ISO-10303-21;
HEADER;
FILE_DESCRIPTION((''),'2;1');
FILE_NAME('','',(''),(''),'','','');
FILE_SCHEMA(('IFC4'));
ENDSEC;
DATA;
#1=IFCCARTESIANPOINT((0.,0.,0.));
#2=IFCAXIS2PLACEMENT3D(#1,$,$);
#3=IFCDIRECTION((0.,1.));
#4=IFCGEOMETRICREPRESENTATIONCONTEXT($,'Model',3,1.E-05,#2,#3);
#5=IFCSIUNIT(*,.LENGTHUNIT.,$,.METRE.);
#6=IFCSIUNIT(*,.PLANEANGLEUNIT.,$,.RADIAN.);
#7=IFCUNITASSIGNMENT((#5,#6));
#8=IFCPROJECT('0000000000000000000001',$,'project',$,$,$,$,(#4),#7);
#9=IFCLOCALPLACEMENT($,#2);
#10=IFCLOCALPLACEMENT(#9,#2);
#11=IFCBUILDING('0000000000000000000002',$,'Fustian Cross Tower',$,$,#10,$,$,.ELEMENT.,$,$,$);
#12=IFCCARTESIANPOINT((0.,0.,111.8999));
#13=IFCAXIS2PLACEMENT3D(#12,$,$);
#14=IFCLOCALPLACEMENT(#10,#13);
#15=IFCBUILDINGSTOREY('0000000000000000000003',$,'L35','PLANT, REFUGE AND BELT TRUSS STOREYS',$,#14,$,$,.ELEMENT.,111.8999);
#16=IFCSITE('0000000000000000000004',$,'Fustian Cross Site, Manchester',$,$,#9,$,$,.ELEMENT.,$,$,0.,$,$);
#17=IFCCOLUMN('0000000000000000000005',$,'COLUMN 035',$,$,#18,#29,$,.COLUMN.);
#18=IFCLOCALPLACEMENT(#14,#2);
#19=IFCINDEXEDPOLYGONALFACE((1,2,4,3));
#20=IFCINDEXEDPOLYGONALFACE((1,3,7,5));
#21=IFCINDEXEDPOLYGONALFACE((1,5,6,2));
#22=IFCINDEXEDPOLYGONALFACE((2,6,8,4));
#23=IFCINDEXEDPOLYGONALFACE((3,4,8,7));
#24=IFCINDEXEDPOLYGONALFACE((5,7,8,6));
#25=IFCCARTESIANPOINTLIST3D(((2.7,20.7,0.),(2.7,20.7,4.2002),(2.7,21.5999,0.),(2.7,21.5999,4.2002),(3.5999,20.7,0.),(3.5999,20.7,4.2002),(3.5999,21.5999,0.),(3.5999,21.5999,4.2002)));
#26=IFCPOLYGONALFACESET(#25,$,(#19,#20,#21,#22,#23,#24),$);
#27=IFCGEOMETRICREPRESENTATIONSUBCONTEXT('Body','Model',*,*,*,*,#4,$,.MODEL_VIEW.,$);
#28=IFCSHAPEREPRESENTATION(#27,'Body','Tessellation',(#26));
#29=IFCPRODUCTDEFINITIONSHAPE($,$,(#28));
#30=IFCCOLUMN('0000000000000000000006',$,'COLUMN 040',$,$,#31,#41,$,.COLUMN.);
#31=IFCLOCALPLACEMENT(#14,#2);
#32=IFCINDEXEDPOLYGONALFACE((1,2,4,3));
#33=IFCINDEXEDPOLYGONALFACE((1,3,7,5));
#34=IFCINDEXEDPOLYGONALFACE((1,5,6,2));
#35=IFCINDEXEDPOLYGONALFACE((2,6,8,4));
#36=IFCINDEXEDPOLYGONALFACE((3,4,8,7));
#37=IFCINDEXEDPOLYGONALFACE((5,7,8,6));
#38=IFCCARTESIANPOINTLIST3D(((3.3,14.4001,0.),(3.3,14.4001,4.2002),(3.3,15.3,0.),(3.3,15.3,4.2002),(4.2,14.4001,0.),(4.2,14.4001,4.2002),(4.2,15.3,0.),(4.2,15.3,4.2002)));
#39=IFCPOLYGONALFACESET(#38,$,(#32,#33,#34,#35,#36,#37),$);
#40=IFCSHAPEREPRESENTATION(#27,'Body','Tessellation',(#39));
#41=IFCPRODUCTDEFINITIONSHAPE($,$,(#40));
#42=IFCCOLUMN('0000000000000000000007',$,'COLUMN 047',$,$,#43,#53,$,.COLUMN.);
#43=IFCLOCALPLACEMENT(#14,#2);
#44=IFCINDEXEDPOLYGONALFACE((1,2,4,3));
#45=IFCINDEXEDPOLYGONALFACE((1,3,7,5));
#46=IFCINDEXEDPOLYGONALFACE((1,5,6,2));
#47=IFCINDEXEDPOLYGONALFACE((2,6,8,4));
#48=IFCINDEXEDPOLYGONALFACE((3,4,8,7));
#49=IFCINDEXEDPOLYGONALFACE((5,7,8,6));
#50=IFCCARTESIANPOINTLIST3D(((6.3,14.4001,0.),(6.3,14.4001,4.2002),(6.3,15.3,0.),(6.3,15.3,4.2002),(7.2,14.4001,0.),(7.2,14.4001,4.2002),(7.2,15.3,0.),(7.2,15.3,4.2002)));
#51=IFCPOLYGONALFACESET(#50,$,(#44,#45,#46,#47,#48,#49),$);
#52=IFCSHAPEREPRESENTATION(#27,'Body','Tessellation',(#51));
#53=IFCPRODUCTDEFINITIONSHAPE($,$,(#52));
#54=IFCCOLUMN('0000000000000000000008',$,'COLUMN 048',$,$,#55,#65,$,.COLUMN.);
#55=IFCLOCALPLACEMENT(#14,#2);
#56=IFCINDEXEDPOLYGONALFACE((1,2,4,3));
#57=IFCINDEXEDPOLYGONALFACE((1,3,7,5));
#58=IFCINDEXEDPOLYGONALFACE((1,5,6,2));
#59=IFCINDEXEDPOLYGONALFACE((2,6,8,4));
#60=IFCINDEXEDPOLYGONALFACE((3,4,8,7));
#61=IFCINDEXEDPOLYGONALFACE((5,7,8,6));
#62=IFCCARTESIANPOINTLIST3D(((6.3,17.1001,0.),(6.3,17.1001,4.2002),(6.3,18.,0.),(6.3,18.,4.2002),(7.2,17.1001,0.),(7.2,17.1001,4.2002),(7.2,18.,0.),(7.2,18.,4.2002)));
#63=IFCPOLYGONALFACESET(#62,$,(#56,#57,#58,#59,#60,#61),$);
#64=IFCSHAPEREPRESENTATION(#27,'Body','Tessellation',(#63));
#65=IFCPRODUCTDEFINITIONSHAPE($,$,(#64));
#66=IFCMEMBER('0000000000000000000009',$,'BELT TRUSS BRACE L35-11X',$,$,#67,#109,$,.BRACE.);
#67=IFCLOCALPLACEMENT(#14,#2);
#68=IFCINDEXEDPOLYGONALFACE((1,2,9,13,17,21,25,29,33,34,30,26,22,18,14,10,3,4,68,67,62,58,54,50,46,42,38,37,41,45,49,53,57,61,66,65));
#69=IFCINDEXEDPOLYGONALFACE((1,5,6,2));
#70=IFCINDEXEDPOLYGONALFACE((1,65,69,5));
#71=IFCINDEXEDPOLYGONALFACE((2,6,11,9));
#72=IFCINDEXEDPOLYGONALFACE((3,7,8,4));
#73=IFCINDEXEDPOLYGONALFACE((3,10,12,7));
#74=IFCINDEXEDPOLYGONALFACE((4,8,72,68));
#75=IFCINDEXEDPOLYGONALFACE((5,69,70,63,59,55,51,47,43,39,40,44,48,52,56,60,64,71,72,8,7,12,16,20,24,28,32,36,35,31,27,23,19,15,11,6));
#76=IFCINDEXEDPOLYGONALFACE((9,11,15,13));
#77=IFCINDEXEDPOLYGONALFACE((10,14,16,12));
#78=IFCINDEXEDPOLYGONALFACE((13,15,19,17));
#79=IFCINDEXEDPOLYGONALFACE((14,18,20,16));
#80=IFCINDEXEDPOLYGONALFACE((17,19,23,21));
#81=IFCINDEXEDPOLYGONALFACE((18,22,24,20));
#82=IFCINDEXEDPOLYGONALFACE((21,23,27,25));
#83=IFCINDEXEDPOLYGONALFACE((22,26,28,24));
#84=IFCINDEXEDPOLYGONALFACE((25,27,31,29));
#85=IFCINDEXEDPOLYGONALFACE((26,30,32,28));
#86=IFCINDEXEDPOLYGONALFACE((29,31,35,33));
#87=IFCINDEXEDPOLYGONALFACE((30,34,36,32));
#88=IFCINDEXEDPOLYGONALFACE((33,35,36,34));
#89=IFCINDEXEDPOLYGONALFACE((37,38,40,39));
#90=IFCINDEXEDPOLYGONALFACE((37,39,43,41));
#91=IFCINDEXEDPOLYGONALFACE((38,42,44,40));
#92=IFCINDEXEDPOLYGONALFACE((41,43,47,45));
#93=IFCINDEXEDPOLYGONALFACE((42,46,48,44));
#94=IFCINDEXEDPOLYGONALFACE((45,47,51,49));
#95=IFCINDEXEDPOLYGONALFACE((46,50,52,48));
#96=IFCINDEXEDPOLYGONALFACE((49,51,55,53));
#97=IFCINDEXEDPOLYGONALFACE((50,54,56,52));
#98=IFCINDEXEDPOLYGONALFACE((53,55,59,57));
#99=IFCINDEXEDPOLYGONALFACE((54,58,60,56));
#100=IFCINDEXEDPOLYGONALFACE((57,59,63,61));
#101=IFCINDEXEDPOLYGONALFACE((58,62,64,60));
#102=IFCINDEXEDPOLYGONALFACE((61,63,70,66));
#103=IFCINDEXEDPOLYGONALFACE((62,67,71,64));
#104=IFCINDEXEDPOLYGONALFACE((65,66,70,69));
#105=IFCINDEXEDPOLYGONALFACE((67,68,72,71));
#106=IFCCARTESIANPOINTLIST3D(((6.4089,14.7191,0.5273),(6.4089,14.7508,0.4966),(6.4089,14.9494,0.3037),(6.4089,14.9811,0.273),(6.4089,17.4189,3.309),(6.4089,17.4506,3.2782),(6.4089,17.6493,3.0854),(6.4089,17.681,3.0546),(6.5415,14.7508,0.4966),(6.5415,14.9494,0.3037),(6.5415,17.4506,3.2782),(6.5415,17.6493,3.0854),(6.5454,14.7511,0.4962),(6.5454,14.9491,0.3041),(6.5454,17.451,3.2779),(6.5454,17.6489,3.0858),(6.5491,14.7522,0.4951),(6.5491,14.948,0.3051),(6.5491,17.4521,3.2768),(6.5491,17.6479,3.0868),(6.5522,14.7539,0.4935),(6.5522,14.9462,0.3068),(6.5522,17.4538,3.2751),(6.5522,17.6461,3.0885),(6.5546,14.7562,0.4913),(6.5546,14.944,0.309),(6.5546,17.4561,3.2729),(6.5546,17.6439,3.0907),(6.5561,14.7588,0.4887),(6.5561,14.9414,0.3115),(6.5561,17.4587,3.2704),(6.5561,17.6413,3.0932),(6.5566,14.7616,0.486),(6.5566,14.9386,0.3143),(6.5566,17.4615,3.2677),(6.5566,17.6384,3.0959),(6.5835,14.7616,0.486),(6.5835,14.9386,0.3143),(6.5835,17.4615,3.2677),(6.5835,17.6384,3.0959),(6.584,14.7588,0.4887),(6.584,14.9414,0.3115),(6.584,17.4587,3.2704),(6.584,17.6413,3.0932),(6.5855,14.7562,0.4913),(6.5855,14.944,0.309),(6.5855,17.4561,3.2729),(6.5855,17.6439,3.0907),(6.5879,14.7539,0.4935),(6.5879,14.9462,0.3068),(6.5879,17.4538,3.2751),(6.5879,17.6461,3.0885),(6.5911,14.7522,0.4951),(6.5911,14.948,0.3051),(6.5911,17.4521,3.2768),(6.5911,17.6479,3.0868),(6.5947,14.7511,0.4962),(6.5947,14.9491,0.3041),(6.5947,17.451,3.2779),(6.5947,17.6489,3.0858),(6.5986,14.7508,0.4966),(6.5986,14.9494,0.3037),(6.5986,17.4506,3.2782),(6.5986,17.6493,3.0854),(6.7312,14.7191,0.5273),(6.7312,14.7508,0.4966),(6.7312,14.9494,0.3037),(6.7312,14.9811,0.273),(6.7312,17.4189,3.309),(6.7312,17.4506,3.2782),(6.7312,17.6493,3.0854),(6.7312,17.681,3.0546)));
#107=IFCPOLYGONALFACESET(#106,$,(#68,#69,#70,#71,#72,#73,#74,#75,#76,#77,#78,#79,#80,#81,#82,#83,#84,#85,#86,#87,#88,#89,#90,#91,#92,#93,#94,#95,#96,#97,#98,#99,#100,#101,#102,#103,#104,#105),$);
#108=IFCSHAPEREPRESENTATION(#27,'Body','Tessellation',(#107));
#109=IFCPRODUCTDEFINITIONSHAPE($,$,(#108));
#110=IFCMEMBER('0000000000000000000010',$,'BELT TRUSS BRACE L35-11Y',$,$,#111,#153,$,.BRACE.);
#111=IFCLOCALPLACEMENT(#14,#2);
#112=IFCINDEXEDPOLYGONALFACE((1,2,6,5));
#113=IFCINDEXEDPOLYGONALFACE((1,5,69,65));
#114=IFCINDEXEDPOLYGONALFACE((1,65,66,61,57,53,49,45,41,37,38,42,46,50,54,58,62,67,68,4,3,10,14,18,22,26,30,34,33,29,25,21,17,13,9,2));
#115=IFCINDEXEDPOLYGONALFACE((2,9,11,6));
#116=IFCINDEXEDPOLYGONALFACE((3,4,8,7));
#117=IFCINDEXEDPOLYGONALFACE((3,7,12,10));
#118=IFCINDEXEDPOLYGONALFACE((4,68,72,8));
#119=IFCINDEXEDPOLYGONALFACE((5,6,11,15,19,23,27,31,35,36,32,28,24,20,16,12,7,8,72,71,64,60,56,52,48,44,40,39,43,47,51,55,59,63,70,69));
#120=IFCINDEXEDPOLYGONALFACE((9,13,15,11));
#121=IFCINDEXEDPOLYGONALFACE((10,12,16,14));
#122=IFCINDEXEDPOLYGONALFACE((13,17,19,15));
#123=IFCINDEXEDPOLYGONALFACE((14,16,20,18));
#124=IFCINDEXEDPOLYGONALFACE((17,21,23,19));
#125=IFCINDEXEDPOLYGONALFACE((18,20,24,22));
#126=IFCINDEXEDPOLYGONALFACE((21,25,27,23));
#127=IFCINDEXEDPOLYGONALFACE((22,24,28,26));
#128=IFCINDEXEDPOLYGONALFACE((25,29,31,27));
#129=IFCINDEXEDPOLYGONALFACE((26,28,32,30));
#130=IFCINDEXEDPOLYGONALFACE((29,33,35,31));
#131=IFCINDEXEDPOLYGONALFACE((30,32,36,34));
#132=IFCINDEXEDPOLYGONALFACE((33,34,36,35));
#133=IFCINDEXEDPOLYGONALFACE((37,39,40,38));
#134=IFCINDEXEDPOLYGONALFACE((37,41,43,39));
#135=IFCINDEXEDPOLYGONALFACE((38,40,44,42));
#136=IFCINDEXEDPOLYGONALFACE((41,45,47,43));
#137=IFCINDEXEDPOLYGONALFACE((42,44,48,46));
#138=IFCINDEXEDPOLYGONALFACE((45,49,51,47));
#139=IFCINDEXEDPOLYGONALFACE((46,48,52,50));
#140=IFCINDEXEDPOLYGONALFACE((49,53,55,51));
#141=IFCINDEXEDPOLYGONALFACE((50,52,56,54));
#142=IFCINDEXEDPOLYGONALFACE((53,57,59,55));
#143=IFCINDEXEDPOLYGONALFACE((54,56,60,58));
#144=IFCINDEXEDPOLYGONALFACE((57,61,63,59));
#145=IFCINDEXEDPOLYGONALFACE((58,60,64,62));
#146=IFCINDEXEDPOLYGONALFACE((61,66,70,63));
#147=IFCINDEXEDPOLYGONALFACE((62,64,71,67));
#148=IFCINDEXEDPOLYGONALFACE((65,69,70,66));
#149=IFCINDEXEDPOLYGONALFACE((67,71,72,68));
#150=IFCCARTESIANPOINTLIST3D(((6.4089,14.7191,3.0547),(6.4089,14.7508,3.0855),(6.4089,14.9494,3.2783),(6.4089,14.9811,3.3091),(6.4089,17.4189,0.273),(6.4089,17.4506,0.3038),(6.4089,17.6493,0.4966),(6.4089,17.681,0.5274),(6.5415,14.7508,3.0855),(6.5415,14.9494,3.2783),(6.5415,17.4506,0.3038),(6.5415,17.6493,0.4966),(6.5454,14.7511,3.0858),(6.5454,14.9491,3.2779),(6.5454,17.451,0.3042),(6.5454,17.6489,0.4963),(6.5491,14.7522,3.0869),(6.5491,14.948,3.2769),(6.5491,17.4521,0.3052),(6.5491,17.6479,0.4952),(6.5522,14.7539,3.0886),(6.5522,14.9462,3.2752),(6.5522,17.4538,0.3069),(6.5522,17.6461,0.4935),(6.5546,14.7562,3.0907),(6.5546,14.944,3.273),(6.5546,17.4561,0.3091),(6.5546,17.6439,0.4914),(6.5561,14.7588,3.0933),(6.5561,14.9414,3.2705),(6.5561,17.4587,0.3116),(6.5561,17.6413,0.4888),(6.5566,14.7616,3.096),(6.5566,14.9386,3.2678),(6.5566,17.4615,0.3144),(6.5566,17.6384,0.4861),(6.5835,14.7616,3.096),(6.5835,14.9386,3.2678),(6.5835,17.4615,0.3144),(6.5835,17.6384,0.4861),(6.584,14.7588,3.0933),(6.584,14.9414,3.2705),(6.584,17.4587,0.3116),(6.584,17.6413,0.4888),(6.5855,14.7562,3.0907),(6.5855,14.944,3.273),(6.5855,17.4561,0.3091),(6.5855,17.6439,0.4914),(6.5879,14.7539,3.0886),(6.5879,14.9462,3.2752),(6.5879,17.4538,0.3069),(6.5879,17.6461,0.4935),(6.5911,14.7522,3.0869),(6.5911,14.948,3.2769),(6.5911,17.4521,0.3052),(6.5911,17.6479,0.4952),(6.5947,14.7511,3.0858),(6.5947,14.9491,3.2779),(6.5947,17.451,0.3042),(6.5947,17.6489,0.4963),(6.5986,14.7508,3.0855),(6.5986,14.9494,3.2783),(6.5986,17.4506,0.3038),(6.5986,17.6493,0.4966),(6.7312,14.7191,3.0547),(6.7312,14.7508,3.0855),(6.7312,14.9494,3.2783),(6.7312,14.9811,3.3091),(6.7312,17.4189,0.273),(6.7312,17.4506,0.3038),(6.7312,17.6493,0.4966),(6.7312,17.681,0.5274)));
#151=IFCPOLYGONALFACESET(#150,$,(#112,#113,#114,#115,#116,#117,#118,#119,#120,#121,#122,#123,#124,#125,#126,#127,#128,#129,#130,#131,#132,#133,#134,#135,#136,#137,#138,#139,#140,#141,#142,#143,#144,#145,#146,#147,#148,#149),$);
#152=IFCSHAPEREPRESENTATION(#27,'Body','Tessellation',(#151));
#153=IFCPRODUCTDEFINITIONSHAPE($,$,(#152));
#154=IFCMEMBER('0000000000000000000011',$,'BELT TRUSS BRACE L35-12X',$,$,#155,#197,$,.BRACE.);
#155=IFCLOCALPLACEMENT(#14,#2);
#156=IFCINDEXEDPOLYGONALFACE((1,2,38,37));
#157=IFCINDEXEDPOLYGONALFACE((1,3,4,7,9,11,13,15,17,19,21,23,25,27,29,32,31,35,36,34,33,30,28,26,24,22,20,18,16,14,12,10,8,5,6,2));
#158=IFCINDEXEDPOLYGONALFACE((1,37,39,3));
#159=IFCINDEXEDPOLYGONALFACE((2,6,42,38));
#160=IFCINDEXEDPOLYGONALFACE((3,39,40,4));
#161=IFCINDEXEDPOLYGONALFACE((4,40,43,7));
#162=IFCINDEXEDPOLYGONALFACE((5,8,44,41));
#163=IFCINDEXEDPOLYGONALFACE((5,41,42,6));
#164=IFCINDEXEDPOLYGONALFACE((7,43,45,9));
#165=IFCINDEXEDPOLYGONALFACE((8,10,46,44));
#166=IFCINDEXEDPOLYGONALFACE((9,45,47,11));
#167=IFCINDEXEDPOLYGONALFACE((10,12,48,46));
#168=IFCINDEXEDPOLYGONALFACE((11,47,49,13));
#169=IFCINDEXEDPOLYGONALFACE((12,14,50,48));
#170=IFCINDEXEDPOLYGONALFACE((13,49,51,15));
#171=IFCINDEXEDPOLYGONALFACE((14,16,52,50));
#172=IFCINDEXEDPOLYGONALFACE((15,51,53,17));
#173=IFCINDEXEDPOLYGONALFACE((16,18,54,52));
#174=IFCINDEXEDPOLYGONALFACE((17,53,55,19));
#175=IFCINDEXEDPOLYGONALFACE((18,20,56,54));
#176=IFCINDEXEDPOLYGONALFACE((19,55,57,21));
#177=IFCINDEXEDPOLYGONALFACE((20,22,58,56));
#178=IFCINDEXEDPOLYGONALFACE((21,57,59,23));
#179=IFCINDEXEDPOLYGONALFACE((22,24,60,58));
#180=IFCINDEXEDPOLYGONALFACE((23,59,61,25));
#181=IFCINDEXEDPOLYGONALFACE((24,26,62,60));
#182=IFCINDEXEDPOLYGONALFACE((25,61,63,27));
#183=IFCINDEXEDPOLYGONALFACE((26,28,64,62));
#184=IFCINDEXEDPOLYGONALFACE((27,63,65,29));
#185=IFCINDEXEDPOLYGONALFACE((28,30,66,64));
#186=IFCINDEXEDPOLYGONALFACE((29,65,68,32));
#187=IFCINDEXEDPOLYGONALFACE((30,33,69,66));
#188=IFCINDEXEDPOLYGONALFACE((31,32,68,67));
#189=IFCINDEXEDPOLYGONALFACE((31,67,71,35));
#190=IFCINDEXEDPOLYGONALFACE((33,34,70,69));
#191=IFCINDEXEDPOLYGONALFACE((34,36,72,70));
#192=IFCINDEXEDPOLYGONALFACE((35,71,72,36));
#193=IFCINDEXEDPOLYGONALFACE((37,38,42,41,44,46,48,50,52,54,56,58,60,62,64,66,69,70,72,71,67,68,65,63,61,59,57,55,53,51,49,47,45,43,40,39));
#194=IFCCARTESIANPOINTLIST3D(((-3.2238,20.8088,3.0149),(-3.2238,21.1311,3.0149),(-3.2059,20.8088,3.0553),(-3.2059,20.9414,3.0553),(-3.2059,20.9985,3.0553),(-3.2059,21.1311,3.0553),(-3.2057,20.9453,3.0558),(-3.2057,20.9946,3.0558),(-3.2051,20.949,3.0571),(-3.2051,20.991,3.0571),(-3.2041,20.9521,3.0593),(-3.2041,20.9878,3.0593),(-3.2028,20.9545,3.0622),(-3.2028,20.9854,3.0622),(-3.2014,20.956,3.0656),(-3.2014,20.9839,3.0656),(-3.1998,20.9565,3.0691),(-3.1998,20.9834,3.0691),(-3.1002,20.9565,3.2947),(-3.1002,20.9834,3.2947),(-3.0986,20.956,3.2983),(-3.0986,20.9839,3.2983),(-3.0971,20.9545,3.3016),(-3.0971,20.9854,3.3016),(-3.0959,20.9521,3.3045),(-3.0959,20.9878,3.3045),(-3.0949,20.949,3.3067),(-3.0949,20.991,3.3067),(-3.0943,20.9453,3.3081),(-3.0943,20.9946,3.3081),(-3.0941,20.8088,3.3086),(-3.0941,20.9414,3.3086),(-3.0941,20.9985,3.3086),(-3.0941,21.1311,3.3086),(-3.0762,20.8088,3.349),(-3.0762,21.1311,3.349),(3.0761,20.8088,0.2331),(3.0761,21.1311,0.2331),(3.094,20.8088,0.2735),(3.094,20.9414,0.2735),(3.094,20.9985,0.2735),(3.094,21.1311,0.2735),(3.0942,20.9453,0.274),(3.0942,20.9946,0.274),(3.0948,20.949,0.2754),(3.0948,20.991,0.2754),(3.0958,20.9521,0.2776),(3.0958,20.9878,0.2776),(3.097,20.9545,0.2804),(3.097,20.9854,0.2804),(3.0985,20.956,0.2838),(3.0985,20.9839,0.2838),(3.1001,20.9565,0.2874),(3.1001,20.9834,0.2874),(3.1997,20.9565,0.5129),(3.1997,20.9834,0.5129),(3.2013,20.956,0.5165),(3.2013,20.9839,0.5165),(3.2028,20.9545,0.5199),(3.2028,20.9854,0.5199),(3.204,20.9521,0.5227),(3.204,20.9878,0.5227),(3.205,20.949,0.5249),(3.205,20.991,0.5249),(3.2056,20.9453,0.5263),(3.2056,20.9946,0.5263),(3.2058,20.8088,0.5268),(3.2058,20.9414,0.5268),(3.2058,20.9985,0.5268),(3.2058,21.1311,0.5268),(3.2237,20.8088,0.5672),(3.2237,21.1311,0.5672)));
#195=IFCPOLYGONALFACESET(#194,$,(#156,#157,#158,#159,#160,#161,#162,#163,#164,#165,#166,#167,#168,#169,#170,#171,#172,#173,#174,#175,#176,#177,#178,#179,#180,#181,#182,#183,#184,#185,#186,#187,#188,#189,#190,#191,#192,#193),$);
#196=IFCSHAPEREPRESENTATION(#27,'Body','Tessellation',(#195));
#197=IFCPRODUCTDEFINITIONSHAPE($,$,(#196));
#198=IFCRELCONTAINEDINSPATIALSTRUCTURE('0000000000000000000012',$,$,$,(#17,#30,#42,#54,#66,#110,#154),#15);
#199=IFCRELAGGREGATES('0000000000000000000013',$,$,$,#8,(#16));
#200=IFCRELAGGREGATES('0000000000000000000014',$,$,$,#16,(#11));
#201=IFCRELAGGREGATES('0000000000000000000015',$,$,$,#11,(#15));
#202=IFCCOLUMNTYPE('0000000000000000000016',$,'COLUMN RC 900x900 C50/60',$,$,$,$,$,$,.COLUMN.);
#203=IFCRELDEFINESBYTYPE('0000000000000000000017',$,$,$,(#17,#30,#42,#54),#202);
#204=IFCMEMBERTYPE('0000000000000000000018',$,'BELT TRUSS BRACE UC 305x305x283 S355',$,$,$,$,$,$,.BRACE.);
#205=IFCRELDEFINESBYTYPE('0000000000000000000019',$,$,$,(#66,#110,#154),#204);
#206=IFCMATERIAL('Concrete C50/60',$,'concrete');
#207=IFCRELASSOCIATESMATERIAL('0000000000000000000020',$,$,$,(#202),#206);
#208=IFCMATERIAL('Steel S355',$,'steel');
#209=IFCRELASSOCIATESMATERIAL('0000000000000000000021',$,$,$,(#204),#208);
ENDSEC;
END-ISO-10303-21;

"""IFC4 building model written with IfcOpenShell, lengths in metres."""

from ifc_helpers import new_model, si_unit, direction, frame, origin, origin_2d, place, context, subcontext, project, spatial, rectangle, i_section, extrude, material, material_profile, profile_set, type_object, element, save


model = new_model("IFC4")

# Units and contexts
model_context = context("Model", 3, precision=1e-05, world=origin(), true_north=direction((0.0, 1.0)))
body_context = subcontext(model_context, "Body", "Model", "MODEL_VIEW")
ifc_project = project(units=[si_unit("LENGTHUNIT", "METRE"), si_unit("PLANEANGLEUNIT", "RADIAN")], contexts=[model_context])

# Site, building, storey
site_placement = place(None, origin())
site = spatial("IfcSite", under=ifc_project, at=site_placement, Name="Fustian Cross Site, Manchester", CompositionType="ELEMENT", RefElevation=0.0)
building_placement = place(site_placement, origin())
building = spatial("IfcBuilding", under=site, at=building_placement, Name="Fustian Cross Tower", CompositionType="ELEMENT")
storey_placement = place(building_placement, frame((0.0, 0.0, 111.8999)))
storey = spatial("IfcBuildingStorey", under=building, at=storey_placement, Name="L35", Description="PLANT, REFUGE AND BELT TRUSS STOREYS", CompositionType="ELEMENT", Elevation=111.8999)

# Columns
ifc_material_1 = material(Name="Concrete C50/60", Category="concrete")
ifc_material_profile_1 = material_profile(ifc_material_1, rectangle(XDim=0.8999, YDim=0.8999, at=origin_2d()), Name="RC 900x900")
ifc_profile_set_1 = profile_set([ifc_material_profile_1], Name="Concrete C50/60")
column_type = type_object("IfcColumnType", Name="COLUMN RC 900x900 C50/60", PredefinedType="COLUMN", material=ifc_profile_set_1)
for number, where, z_axis, x_axis, name in (
    (1, (3.1499, 21.1499, 0.0), (0.0, 0.0, 1.0), (1.0, 0.0, 0.0), "COLUMN 035"),
    (2, (3.75, 14.8501, 0.0), (0.0, 0.0, 1.0), (1.0, 0.0, 0.0), "COLUMN 040"),
    (3, (6.75, 14.8501, 0.0), (0.0, 0.0, 1.0), (1.0, 0.0, 0.0), "COLUMN 047"),
    (4, (6.75, 17.55, 0.0), (0.0, 0.0, 1.0), (1.0, 0.0, 0.0), "COLUMN 048"),
):
    element("IfcColumn", number, at=place(storey_placement, frame(where, z_axis=z_axis, x_axis=x_axis)), inside=storey, type_object=column_type, Name=name, PredefinedType="COLUMN", context=body_context, shape_type="SweptSolid", body=[
        extrude(rectangle(XDim=0.8999, YDim=0.8999, at=origin_2d()), origin(), (0.0, 0.0, 1.0), 4.2002),
    ])

# Members
ifc_material_2 = material(Name="Steel S355", Category="steel")
ifc_material_profile_2 = material_profile(ifc_material_2, i_section(OverallWidth=0.3223, OverallDepth=0.3652, WebThickness=0.0269, FlangeThickness=0.0442, FilletRadius=0.0151, at=origin_2d()), Name="UC 305x305x283")
ifc_profile_set_2 = profile_set([ifc_material_profile_2], Name="Steel S355")
member_type_1 = type_object("IfcMemberType", Name="BELT TRUSS BRACE UC 305x305x283 S355", PredefinedType="BRACE", material=ifc_profile_set_2)
for number, where, z_axis, x_axis, name in (
    (5, (6.5701, 14.8501, 0.4001), (0.0, 0.696479, 0.717577), (-1.0, 0.0, 0.0), "BELT TRUSS BRACE L35-11X"),
    (6, (6.5701, 14.8501, 3.1819), (0.0, 0.696479, -0.717577), (-1.0, 0.0, 0.0), "BELT TRUSS BRACE L35-11Y"),
):
    element("IfcMember", number, at=place(storey_placement, frame(where, z_axis=z_axis, x_axis=x_axis)), inside=storey, type_object=member_type_1, Name=name, PredefinedType="BRACE", context=body_context, shape_type="SweptSolid", body=[
        extrude(i_section(OverallWidth=0.3223, OverallDepth=0.3652, WebThickness=0.0269, FlangeThickness=0.0442, FilletRadius=0.0151, at=origin_2d()), origin(), (0.0, 0.0, 1.0), 3.8765),
    ])
for number, where, z_axis, x_axis, name in (
    (7, (3.1499, 20.97, 0.4001), (-0.914788, 0.0, 0.403933), (0.0, -1.0, 0.0), "BELT TRUSS BRACE L35-12X"),
):
    element("IfcMember", number, at=place(storey_placement, frame(where, z_axis=z_axis, x_axis=x_axis)), inside=storey, type_object=member_type_1, Name=name, PredefinedType="BRACE", context=body_context, shape_type="SweptSolid", body=[
        extrude(i_section(OverallWidth=0.3223, OverallDepth=0.3652, WebThickness=0.0269, FlangeThickness=0.0442, FilletRadius=0.0151, at=origin_2d()), origin(), (0.0, 0.0, 1.0), 6.8867),
    ])

save(model, "model.ifc")
